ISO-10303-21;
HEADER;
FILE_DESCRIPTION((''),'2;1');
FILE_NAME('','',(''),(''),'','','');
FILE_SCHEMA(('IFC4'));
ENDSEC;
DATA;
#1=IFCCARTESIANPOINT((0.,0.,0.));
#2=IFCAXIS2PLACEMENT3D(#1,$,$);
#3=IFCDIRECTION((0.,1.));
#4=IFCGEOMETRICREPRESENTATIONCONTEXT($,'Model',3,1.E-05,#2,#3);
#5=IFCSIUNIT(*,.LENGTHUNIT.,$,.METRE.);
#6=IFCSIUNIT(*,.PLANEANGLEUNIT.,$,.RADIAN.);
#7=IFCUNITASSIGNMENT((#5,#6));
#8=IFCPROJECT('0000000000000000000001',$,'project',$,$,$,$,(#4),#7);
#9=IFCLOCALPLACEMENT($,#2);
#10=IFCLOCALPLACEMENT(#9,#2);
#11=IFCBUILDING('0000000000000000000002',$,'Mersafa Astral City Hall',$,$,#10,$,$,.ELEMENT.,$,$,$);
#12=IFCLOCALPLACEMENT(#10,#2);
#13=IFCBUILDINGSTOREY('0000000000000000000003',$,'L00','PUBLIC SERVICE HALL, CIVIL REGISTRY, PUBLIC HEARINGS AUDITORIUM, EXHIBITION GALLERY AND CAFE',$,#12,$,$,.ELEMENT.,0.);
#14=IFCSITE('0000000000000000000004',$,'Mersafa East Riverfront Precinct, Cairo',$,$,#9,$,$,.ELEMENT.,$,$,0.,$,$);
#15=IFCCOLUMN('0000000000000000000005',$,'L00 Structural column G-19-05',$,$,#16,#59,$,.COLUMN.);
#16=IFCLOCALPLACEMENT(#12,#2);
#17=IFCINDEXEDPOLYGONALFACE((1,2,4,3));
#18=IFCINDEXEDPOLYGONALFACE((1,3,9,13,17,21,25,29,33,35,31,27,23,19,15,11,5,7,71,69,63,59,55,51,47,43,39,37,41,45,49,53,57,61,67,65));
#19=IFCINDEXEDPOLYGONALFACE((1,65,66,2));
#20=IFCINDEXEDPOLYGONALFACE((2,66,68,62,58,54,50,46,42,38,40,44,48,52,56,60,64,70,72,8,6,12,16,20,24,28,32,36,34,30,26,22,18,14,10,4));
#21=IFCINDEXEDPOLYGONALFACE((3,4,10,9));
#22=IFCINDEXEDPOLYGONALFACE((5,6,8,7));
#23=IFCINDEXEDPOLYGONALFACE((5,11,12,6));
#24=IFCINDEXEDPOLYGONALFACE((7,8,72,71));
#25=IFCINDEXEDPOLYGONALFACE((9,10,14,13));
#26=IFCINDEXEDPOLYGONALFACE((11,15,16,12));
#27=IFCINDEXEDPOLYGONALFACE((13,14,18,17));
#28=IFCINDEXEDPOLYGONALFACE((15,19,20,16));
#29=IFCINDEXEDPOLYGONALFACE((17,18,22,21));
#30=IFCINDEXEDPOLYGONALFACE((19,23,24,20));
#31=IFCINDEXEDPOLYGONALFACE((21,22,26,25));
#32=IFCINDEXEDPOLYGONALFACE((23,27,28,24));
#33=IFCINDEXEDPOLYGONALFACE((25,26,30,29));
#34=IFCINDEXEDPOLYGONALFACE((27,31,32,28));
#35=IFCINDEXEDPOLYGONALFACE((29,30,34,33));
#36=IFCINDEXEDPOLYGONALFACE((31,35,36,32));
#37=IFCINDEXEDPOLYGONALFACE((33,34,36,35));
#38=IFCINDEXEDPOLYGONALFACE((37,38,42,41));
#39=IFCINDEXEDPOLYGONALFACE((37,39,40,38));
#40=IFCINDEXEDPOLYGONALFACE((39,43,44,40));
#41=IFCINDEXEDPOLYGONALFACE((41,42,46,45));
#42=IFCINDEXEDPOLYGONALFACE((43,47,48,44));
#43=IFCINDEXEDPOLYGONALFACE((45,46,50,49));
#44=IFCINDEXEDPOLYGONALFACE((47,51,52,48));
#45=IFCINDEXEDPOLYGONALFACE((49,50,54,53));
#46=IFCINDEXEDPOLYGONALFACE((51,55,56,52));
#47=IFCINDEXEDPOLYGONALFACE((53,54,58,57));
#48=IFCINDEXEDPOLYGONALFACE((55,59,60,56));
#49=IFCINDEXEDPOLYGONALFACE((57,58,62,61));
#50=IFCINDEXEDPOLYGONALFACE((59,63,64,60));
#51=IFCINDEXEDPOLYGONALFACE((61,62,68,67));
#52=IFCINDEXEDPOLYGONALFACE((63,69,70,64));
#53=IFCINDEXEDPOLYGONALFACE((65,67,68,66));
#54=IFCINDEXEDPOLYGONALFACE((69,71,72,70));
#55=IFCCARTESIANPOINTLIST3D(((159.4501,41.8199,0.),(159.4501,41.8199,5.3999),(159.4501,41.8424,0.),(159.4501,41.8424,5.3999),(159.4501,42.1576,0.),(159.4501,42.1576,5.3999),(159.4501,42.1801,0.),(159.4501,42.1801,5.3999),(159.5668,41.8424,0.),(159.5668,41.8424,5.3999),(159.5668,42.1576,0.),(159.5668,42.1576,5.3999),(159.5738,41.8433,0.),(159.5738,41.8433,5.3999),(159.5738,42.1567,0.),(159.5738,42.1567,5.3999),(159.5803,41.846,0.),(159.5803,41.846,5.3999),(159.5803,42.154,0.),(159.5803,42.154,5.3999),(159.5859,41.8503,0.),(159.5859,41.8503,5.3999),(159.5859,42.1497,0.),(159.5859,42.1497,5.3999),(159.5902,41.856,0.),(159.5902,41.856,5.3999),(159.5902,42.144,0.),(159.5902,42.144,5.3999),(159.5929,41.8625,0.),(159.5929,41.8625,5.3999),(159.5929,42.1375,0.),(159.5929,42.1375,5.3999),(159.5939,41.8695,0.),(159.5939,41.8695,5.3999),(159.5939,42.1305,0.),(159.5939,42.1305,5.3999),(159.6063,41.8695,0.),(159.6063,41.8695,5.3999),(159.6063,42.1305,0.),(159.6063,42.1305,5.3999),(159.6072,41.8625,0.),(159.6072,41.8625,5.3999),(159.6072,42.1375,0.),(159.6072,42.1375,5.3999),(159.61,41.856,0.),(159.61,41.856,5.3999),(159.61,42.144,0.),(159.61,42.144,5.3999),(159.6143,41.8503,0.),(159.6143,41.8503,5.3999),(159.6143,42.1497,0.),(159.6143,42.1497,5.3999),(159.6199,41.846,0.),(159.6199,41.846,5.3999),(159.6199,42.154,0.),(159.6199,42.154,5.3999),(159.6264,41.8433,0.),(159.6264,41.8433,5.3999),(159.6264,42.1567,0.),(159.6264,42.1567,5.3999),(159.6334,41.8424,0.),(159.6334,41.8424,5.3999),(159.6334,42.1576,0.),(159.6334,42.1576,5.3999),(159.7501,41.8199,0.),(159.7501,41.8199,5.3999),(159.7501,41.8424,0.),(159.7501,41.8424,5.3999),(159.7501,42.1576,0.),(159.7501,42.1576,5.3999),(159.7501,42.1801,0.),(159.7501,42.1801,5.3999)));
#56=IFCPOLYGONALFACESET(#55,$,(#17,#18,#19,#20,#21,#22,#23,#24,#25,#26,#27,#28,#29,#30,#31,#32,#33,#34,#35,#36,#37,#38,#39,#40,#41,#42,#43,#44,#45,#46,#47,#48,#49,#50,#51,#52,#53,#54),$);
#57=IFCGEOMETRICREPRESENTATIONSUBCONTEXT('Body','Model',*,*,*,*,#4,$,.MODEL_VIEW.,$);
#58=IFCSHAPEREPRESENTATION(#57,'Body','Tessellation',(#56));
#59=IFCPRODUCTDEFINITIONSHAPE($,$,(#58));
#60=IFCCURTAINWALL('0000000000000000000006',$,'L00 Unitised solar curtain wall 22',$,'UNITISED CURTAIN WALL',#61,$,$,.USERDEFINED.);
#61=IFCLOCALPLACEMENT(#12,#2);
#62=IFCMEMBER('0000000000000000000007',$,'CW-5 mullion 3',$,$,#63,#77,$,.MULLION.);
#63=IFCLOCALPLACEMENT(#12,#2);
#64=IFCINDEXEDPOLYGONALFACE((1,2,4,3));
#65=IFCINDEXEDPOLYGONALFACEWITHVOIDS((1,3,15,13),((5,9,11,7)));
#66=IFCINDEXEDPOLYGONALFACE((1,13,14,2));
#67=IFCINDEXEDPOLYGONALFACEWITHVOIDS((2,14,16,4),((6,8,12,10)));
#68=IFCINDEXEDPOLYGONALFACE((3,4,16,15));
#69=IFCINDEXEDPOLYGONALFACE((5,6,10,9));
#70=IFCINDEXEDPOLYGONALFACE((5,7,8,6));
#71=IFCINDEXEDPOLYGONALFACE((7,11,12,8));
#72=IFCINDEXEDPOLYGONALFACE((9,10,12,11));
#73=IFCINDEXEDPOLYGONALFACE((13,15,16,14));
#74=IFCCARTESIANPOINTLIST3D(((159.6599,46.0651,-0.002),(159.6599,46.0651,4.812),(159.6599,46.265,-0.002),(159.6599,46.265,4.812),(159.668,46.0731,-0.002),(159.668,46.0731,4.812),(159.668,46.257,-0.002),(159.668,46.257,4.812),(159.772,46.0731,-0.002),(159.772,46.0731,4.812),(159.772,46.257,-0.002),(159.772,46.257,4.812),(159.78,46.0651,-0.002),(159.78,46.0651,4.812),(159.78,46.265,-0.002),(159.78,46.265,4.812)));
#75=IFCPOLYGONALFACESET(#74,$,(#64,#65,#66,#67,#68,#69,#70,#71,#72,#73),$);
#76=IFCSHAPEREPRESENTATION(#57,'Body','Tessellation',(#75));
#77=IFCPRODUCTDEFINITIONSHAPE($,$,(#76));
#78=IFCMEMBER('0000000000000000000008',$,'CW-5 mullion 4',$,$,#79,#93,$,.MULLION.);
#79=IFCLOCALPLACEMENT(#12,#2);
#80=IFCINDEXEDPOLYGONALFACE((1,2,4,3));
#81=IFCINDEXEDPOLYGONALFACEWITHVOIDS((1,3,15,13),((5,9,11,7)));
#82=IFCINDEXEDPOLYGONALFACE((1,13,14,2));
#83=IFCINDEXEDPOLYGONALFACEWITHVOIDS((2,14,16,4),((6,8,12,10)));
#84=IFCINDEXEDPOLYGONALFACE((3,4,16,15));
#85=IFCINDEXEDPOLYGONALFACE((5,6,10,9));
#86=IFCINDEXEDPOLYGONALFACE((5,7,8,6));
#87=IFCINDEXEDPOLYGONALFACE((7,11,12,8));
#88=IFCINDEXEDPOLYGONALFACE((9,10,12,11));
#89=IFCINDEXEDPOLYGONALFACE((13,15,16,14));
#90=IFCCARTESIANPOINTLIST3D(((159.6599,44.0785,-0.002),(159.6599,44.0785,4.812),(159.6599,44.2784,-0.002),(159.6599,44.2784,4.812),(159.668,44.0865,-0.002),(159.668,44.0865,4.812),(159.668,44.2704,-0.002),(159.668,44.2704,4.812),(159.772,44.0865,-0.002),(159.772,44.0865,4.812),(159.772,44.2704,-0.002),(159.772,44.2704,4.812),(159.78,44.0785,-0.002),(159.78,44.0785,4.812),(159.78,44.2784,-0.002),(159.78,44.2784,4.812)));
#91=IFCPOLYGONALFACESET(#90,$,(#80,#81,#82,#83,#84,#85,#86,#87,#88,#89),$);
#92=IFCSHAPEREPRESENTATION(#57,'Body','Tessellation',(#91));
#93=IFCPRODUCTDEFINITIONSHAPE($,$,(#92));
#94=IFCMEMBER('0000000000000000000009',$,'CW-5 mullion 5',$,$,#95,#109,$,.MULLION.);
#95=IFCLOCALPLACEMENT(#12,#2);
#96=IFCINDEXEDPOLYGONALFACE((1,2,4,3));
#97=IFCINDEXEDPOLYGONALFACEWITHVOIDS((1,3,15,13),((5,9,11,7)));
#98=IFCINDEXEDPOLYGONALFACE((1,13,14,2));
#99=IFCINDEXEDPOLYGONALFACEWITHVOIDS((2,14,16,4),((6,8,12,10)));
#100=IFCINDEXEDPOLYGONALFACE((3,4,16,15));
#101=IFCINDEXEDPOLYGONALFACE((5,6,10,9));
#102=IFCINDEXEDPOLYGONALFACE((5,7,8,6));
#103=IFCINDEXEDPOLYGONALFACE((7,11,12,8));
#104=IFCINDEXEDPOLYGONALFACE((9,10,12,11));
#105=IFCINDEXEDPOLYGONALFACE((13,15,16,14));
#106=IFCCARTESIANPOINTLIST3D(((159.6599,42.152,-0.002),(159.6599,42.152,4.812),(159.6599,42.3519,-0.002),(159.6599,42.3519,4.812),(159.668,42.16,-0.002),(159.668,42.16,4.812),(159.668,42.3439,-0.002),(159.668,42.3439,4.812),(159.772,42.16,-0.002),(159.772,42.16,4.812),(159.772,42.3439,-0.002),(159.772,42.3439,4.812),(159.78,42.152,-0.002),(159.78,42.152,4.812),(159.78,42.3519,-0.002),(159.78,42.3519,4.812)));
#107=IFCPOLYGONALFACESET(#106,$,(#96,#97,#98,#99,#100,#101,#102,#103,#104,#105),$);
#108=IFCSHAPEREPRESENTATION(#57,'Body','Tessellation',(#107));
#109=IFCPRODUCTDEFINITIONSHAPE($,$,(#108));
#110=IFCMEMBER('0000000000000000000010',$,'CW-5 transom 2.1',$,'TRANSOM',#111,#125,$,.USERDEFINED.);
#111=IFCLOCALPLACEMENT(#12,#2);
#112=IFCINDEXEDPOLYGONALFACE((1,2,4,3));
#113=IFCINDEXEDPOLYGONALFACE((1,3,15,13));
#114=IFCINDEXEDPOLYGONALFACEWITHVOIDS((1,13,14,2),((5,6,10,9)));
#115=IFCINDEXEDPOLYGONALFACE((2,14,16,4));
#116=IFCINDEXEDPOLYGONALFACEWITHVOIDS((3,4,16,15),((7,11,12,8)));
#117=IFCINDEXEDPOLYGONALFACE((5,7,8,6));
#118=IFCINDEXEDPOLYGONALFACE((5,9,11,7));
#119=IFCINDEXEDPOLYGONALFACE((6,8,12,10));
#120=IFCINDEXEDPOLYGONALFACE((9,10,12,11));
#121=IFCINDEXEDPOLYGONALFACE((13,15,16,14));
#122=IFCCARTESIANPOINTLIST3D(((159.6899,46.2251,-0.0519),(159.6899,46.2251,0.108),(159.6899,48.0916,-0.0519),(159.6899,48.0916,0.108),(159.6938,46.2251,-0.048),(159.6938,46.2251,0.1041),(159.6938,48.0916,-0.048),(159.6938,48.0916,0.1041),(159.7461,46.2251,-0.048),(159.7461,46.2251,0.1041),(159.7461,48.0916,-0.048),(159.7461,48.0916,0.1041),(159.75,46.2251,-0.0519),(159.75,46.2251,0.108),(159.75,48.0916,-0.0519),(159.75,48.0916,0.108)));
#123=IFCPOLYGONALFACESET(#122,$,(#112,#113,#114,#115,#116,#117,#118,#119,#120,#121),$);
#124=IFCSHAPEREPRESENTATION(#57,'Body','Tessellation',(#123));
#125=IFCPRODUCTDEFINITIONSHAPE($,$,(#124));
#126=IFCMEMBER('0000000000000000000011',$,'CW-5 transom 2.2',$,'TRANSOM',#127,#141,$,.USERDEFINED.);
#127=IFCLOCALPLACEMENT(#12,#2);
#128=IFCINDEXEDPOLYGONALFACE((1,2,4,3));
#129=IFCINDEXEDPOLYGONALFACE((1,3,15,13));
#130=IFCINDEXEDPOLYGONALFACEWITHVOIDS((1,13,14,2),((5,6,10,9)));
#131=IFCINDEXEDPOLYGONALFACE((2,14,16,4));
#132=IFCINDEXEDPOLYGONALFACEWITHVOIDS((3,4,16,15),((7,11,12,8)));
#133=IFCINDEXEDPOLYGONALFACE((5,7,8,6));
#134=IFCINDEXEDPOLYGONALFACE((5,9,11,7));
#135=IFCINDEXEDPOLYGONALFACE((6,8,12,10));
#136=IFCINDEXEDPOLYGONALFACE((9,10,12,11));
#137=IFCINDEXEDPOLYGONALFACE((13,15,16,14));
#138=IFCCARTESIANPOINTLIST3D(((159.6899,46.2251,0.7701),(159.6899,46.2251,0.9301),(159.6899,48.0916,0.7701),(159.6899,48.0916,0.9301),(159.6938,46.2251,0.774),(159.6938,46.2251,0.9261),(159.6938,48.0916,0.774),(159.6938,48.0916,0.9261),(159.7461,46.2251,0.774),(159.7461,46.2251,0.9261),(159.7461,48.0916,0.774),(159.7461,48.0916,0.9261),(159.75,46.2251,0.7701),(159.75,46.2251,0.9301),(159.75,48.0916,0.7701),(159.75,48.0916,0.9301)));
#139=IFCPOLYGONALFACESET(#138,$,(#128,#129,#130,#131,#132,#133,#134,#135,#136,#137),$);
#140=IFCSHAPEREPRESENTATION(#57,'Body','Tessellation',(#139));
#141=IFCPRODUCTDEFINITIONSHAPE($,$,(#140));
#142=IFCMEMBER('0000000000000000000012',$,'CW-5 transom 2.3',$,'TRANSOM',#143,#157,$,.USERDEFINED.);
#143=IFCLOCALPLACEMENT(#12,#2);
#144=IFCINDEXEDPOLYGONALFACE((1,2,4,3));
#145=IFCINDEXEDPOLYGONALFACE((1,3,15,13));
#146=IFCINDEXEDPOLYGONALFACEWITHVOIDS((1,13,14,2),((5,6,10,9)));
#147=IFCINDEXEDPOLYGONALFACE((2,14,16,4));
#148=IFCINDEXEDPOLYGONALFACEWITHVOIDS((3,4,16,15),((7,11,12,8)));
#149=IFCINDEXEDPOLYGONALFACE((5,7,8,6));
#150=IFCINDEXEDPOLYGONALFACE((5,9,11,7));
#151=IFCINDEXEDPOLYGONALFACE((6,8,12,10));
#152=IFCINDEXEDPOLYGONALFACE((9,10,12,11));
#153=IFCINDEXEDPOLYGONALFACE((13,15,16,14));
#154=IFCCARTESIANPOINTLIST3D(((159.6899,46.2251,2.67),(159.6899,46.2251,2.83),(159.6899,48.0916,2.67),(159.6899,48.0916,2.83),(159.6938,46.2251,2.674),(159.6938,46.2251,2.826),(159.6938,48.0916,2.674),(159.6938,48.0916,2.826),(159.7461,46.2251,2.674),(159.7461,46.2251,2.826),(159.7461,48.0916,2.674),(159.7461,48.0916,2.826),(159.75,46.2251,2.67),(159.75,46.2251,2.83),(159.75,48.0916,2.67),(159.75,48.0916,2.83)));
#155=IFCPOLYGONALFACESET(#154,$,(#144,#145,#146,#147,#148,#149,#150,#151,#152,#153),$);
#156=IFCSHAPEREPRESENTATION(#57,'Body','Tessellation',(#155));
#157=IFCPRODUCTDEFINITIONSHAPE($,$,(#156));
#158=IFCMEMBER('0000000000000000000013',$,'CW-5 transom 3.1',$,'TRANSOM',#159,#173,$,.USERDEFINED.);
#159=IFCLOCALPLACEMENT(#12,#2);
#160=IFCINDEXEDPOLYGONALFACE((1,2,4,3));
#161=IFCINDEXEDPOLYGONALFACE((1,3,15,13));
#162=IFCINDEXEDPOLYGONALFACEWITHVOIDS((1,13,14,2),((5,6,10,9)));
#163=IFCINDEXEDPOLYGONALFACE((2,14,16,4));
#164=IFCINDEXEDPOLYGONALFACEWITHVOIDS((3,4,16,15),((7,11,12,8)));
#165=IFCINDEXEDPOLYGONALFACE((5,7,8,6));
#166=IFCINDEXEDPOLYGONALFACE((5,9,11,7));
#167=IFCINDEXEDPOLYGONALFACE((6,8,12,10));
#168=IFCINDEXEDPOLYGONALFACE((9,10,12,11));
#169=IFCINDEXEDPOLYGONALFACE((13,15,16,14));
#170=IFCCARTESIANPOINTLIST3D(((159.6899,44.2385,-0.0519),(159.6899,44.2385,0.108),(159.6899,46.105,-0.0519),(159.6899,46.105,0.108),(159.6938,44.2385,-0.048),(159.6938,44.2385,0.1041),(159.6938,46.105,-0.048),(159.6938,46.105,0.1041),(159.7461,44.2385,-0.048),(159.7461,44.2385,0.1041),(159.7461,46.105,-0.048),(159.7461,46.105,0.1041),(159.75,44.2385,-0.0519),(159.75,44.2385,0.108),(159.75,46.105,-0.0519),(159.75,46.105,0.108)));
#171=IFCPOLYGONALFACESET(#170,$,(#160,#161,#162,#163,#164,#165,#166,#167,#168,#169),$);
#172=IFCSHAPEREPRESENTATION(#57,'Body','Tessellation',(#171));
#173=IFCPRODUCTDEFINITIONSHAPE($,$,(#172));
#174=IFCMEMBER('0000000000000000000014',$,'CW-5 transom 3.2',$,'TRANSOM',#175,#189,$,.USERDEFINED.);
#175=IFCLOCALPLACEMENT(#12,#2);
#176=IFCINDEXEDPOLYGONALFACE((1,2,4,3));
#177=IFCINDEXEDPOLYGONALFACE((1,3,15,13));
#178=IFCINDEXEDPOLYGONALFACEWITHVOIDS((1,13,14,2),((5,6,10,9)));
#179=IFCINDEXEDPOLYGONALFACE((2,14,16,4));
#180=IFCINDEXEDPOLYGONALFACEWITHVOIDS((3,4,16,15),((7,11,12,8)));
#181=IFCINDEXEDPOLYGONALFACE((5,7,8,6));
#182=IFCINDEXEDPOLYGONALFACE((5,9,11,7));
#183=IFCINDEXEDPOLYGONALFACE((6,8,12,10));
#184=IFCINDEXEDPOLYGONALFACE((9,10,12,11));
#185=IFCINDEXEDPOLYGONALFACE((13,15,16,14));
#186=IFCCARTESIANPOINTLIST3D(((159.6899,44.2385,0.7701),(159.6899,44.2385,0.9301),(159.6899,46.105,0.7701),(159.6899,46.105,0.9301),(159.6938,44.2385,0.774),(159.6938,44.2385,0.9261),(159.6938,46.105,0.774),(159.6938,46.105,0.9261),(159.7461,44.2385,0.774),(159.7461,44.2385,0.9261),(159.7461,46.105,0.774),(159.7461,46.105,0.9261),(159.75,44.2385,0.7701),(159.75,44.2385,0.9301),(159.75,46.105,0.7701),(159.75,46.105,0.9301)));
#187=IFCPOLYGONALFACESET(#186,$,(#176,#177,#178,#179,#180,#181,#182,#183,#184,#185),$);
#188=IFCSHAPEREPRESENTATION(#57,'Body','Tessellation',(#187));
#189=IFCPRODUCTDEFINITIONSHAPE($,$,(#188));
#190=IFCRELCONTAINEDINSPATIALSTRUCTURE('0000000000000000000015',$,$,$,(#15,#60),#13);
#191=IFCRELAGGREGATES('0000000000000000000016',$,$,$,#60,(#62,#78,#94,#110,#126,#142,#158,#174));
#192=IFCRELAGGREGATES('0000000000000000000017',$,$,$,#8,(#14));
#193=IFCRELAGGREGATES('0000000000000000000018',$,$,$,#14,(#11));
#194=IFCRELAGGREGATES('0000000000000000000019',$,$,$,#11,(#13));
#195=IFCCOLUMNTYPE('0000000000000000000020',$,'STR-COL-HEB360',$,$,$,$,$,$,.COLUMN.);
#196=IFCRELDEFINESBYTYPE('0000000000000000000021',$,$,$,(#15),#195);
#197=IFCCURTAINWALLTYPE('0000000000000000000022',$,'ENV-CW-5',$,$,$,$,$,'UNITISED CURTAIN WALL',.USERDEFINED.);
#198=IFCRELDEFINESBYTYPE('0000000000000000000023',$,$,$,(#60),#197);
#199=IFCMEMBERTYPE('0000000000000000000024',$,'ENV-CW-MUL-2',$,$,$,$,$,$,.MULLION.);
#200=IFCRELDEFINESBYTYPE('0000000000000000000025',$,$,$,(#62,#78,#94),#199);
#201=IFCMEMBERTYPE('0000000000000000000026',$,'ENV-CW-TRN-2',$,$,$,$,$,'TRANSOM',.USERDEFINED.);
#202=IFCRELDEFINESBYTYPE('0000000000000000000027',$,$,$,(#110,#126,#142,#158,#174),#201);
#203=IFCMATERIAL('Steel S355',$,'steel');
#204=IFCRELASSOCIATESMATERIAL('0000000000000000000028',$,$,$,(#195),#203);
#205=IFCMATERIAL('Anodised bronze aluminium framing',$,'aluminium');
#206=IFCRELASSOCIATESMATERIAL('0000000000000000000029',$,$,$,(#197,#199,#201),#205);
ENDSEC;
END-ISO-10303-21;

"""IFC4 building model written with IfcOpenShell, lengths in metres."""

from ifc_helpers import new_model, si_unit, direction, frame, origin, origin_2d, place, context, subcontext, project, spatial, hollow_rectangle, i_section, extrude, material, material_profile, profile_set, type_object, element, aggregate, save


model = new_model("IFC4")

# Units and contexts
model_context = context("Model", 3, precision=1e-05, world=origin(), true_north=direction((0.0, 1.0)))
body_context = subcontext(model_context, "Body", "Model", "MODEL_VIEW")
ifc_project = project(units=[si_unit("LENGTHUNIT", "METRE"), si_unit("PLANEANGLEUNIT", "RADIAN")], contexts=[model_context])

# Site, building, storey
site_placement = place(None, origin())
site = spatial("IfcSite", under=ifc_project, at=site_placement, Name="Mersafa East Riverfront Precinct, Cairo", CompositionType="ELEMENT", RefElevation=0.0)
building_placement = place(site_placement, origin())
building = spatial("IfcBuilding", under=site, at=building_placement, Name="Mersafa Astral City Hall", CompositionType="ELEMENT")
storey_placement = place(building_placement, origin())
storey = spatial("IfcBuildingStorey", under=building, at=storey_placement, Name="L00", Description="PUBLIC SERVICE HALL, CIVIL REGISTRY, PUBLIC HEARINGS AUDITORIUM, EXHIBITION GALLERY AND CAFE", CompositionType="ELEMENT", Elevation=0.0)

# Column
ifc_material_1 = material(Name="Steel S355", Category="steel")
ifc_material_profile_1 = material_profile(ifc_material_1, i_section(OverallWidth=0.3, OverallDepth=0.3601, WebThickness=0.0125, FlangeThickness=0.0225, FilletRadius=0.0271, at=origin_2d()), Name="HEB 360")
ifc_profile_set_1 = profile_set([ifc_material_profile_1], Name="Steel S355")
column_type = type_object("IfcColumnType", Name="STR-COL-HEB360", PredefinedType="COLUMN", material=ifc_profile_set_1)
column_placement = place(storey_placement, frame((159.6001, 42.0, 0.0), z_axis=(0.0, 0.0, 1.0), x_axis=(1.0, 0.0, 0.0)))
element("IfcColumn", 1, at=column_placement, inside=storey, type_object=column_type, Name="L00 Structural column G-19-05", PredefinedType="COLUMN", context=body_context, shape_type="SweptSolid", body=[
    extrude(i_section(OverallWidth=0.3, OverallDepth=0.3601, WebThickness=0.0125, FlangeThickness=0.0225, FilletRadius=0.0271, at=origin_2d()), origin(), (0.0, 0.0, 1.0), 5.3999),
])

# Curtain wall, members
ifc_material_2 = material(Name="Anodised bronze aluminium framing", Category="aluminium")
curtain_wall_type = type_object("IfcCurtainWallType", Name="ENV-CW-5", ElementType="UNITISED CURTAIN WALL", PredefinedType="USERDEFINED", material=ifc_material_2)
curtain_wall_placement = place(storey_placement, origin())
curtain_wall = element("IfcCurtainWall", 2, at=curtain_wall_placement, inside=storey, type_object=curtain_wall_type, Name="L00 Unitised solar curtain wall 22", ObjectType="UNITISED CURTAIN WALL", PredefinedType="USERDEFINED")
ifc_material_profile_2 = material_profile(ifc_material_2, hollow_rectangle(XDim=0.1201, YDim=0.2, WallThickness=0.0081, at=origin_2d()), Name="RHS 120x200x8")
ifc_profile_set_2 = profile_set([ifc_material_profile_2], Name="Anodised bronze aluminium framing")
member_type_1 = type_object("IfcMemberType", Name="ENV-CW-MUL-2", PredefinedType="MULLION", material=ifc_profile_set_2)
member_1_placement = place(storey_placement, frame((159.72, 46.165, -0.002), z_axis=(0.0, 0.0, 1.0), x_axis=(1.0, 0.0, 0.0)))
member_1 = element("IfcMember", 3, at=member_1_placement, type_object=member_type_1, Name="CW-5 mullion 3", PredefinedType="MULLION", context=body_context, shape_type="SweptSolid", body=[
    extrude(hollow_rectangle(XDim=0.1201, YDim=0.2, WallThickness=0.0081, at=origin_2d()), origin(), (0.0, 0.0, 1.0), 4.814),
])
member_2_placement = place(storey_placement, frame((159.72, 44.1785, -0.002), z_axis=(0.0, 0.0, 1.0), x_axis=(1.0, 0.0, 0.0)))
member_2 = element("IfcMember", 4, at=member_2_placement, type_object=member_type_1, Name="CW-5 mullion 4", PredefinedType="MULLION", context=body_context, shape_type="SweptSolid", body=[
    extrude(hollow_rectangle(XDim=0.1201, YDim=0.2, WallThickness=0.0081, at=origin_2d()), origin(), (0.0, 0.0, 1.0), 4.814),
])
member_3_placement = place(storey_placement, frame((159.72, 42.252, -0.002), z_axis=(0.0, 0.0, 1.0), x_axis=(1.0, 0.0, 0.0)))
member_3 = element("IfcMember", 5, at=member_3_placement, type_object=member_type_1, Name="CW-5 mullion 5", PredefinedType="MULLION", context=body_context, shape_type="SweptSolid", body=[
    extrude(hollow_rectangle(XDim=0.1201, YDim=0.2, WallThickness=0.0081, at=origin_2d()), origin(), (0.0, 0.0, 1.0), 4.814),
])
ifc_material_profile_3 = material_profile(ifc_material_2, hollow_rectangle(XDim=0.0601, YDim=0.1599, WallThickness=0.0039, at=origin_2d()), Name="RHS 60x160x4")
ifc_profile_set_3 = profile_set([ifc_material_profile_3], Name="Anodised bronze aluminium framing")
member_type_2 = type_object("IfcMemberType", Name="ENV-CW-TRN-2", ElementType="TRANSOM", PredefinedType="USERDEFINED", material=ifc_profile_set_3)
member_4_placement = place(storey_placement, frame((159.72, 48.0916, 0.0281), z_axis=(0.0, -1.0, 0.0), x_axis=(1.0, 0.0, 0.0)))
member_4 = element("IfcMember", 6, at=member_4_placement, type_object=member_type_2, Name="CW-5 transom 2.1", ObjectType="TRANSOM", PredefinedType="USERDEFINED", context=body_context, shape_type="SweptSolid", body=[
    extrude(hollow_rectangle(XDim=0.0601, YDim=0.1599, WallThickness=0.0039, at=origin_2d()), origin(), (0.0, 0.0, 1.0), 1.8665),
])
member_5_placement = place(storey_placement, frame((159.72, 48.0916, 0.8501), z_axis=(0.0, -1.0, 0.0), x_axis=(1.0, 0.0, 0.0)))
member_5 = element("IfcMember", 7, at=member_5_placement, type_object=member_type_2, Name="CW-5 transom 2.2", ObjectType="TRANSOM", PredefinedType="USERDEFINED", context=body_context, shape_type="SweptSolid", body=[
    extrude(hollow_rectangle(XDim=0.0601, YDim=0.1599, WallThickness=0.0039, at=origin_2d()), origin(), (0.0, 0.0, 1.0), 1.8665),
])
member_6_placement = place(storey_placement, frame((159.72, 48.0916, 2.75), z_axis=(0.0, -1.0, 0.0), x_axis=(1.0, 0.0, 0.0)))
member_6 = element("IfcMember", 8, at=member_6_placement, type_object=member_type_2, Name="CW-5 transom 2.3", ObjectType="TRANSOM", PredefinedType="USERDEFINED", context=body_context, shape_type="SweptSolid", body=[
    extrude(hollow_rectangle(XDim=0.0601, YDim=0.1599, WallThickness=0.0039, at=origin_2d()), origin(), (0.0, 0.0, 1.0), 1.8665),
])
member_7_placement = place(storey_placement, frame((159.72, 46.105, 0.0281), z_axis=(0.0, -1.0, 0.0), x_axis=(1.0, 0.0, 0.0)))
member_7 = element("IfcMember", 9, at=member_7_placement, type_object=member_type_2, Name="CW-5 transom 3.1", ObjectType="TRANSOM", PredefinedType="USERDEFINED", context=body_context, shape_type="SweptSolid", body=[
    extrude(hollow_rectangle(XDim=0.0601, YDim=0.1599, WallThickness=0.0039, at=origin_2d()), origin(), (0.0, 0.0, 1.0), 1.8665),
])
member_8_placement = place(storey_placement, frame((159.72, 46.105, 0.8501), z_axis=(0.0, -1.0, 0.0), x_axis=(1.0, 0.0, 0.0)))
member_8 = element("IfcMember", 10, at=member_8_placement, type_object=member_type_2, Name="CW-5 transom 3.2", ObjectType="TRANSOM", PredefinedType="USERDEFINED", context=body_context, shape_type="SweptSolid", body=[
    extrude(hollow_rectangle(XDim=0.0601, YDim=0.1599, WallThickness=0.0039, at=origin_2d()), origin(), (0.0, 0.0, 1.0), 1.8665),
])

aggregate(curtain_wall, [member_1, member_2, member_3, member_4, member_5, member_6, member_7, member_8])

save(model, "model.ifc")
